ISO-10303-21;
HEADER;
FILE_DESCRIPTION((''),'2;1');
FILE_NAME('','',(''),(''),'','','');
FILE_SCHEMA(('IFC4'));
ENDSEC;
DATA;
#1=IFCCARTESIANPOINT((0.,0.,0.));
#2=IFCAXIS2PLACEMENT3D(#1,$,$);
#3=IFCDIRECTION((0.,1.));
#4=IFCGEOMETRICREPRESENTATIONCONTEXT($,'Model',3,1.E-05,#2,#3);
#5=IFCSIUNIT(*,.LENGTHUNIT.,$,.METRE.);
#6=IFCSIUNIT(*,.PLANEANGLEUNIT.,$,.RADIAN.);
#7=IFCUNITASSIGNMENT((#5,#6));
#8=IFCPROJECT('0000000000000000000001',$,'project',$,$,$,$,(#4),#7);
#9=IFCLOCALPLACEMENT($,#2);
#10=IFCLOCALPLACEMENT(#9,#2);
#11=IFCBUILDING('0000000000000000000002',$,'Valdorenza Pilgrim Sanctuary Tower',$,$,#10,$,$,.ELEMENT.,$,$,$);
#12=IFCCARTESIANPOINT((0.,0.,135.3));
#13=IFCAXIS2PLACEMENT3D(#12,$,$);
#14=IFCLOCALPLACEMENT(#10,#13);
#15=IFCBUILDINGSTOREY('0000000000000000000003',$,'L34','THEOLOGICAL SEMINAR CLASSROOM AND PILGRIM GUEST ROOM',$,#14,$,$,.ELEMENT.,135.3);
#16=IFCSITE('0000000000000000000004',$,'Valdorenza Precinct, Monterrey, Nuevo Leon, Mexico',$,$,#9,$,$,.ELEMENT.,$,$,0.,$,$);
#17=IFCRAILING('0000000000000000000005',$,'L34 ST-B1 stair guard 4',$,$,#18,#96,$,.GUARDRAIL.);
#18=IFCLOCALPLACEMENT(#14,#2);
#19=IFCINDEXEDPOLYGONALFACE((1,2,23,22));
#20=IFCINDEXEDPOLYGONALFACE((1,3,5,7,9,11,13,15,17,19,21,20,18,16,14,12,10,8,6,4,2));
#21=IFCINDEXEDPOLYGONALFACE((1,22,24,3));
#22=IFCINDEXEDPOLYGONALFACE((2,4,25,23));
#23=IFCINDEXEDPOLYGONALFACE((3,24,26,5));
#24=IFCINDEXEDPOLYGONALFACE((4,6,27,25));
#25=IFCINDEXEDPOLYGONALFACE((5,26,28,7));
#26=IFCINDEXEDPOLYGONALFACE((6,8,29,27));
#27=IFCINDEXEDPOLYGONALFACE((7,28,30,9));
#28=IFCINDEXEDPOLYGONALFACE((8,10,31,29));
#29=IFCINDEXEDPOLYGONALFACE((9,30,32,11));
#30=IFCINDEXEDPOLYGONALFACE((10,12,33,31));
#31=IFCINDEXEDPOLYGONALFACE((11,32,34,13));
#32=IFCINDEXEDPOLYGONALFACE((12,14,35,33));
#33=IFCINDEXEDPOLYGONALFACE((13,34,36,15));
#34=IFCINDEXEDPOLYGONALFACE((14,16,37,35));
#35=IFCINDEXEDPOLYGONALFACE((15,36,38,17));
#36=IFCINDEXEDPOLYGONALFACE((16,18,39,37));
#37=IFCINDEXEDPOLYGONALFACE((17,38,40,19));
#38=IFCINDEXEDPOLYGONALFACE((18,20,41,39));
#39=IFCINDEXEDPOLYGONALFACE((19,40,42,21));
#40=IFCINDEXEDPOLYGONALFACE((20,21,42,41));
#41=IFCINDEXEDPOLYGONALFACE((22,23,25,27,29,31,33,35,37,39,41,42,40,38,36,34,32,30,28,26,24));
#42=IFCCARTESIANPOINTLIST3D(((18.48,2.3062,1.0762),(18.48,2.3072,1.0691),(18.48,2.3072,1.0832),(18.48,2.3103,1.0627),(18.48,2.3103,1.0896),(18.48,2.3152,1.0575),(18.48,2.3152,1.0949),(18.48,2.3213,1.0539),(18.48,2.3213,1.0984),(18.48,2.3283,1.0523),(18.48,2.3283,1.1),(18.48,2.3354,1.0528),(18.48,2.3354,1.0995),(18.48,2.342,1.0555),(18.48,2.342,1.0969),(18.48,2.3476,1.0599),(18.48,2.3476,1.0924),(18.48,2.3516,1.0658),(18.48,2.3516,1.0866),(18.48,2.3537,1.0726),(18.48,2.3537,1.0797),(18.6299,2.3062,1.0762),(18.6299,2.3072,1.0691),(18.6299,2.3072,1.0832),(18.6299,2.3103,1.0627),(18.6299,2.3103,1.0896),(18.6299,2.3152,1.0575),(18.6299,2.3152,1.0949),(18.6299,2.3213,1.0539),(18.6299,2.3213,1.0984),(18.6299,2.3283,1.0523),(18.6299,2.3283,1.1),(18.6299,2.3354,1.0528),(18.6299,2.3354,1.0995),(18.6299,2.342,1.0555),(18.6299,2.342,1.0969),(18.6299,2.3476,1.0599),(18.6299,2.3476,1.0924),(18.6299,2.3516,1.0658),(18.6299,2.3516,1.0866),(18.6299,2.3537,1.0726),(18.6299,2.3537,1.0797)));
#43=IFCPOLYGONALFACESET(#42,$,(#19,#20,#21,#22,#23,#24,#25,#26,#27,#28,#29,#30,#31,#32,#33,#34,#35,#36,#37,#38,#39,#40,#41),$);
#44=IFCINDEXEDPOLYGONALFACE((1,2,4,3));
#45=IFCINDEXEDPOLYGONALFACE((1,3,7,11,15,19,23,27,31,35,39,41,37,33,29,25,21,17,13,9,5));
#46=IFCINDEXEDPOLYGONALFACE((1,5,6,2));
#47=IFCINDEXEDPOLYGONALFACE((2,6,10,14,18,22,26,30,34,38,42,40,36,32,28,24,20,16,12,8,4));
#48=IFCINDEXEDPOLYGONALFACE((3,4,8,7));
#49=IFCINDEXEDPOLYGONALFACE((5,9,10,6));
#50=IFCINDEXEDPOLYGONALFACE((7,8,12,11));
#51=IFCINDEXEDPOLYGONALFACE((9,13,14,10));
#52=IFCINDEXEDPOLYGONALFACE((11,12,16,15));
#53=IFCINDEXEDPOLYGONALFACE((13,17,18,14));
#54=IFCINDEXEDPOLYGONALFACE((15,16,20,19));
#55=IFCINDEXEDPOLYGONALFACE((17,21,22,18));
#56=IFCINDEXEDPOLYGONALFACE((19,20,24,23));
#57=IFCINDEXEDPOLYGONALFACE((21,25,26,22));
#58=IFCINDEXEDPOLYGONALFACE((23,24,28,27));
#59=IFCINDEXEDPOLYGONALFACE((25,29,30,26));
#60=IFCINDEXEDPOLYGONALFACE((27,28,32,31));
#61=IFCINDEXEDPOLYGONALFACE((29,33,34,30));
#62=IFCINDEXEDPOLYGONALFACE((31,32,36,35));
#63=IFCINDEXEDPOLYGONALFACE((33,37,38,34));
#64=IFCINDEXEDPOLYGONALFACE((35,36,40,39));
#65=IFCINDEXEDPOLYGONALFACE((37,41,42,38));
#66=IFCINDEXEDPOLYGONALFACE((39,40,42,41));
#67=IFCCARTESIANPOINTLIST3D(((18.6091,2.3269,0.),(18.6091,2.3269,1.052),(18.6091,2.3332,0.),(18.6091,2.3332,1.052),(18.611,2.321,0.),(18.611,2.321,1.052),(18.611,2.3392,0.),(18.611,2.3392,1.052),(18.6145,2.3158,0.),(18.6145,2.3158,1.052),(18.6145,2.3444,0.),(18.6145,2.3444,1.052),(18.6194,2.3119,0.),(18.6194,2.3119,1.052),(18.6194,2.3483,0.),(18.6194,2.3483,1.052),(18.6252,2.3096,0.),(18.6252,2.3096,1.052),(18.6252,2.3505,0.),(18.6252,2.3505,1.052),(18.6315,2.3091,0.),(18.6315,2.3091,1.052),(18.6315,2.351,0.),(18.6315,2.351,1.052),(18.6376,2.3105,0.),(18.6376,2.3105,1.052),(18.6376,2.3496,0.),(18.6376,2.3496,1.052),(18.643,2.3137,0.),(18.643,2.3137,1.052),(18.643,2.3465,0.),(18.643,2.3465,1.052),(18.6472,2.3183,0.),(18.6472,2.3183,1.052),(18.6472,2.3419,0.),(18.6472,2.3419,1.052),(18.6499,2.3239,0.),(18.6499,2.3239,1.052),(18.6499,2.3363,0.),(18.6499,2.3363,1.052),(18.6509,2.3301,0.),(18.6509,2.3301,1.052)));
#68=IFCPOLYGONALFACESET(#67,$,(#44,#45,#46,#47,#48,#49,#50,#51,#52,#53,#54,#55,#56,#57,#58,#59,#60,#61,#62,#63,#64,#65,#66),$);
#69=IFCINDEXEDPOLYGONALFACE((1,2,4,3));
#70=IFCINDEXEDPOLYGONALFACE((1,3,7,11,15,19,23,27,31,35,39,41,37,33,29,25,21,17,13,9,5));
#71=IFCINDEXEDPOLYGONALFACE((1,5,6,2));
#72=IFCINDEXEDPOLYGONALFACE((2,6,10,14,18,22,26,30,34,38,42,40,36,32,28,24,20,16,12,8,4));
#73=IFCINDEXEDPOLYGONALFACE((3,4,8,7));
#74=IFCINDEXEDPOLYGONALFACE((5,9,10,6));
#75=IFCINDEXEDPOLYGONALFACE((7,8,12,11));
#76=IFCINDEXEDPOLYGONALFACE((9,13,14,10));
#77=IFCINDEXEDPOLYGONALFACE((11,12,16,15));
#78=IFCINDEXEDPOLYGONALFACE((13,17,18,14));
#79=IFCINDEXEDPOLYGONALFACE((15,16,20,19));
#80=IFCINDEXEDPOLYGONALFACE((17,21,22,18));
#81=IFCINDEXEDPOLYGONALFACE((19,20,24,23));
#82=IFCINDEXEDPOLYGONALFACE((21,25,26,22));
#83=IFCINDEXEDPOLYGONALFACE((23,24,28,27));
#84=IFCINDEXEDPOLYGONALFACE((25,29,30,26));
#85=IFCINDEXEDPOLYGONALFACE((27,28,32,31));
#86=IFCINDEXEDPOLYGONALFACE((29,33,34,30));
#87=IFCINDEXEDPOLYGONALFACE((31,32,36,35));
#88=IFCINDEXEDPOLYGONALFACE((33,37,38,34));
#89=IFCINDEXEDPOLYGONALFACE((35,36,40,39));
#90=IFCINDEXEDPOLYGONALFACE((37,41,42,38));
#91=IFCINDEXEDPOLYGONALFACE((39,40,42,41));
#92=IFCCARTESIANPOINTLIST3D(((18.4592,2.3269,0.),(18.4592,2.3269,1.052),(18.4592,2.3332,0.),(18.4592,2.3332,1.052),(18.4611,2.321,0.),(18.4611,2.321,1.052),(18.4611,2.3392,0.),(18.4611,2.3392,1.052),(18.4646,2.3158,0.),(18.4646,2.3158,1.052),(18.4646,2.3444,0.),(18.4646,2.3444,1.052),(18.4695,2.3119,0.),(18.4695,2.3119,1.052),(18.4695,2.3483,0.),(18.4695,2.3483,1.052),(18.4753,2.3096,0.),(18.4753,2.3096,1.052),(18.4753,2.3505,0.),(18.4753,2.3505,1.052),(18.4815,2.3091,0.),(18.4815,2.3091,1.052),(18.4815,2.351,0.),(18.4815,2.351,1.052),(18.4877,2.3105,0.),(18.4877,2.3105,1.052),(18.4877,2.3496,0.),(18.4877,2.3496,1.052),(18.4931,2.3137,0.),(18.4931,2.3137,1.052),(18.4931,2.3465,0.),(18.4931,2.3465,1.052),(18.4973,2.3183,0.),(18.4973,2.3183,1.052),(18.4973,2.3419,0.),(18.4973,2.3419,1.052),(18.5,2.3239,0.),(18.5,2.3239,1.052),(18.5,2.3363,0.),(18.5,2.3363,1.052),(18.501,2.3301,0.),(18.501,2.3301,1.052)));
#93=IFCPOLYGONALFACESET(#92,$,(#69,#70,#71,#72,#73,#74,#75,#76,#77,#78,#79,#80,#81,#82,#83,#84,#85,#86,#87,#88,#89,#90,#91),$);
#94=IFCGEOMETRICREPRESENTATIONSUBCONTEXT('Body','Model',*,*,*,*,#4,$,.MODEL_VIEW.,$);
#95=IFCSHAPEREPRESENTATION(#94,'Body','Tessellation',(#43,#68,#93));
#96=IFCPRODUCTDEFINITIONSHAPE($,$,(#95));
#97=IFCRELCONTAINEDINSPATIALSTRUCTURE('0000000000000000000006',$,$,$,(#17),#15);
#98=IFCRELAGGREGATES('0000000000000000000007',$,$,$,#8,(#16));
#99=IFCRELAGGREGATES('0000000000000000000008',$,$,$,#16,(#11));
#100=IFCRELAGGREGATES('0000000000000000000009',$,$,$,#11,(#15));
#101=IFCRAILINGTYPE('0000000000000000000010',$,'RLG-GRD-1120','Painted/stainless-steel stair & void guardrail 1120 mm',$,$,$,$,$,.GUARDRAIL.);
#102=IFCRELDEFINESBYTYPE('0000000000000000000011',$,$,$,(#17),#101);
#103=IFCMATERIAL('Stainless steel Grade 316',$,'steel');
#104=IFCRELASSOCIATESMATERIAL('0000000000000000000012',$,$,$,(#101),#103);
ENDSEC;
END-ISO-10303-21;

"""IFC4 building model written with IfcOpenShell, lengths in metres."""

from ifc_helpers import new_model, si_unit, direction, frame, origin, origin_2d, place, context, subcontext, project, spatial, circle, extrude, material, type_object, element, save


model = new_model("IFC4")

# Units and contexts
model_context = context("Model", 3, precision=1e-05, world=origin(), true_north=direction((0.0, 1.0)))
body_context = subcontext(model_context, "Body", "Model", "MODEL_VIEW")
ifc_project = project(units=[si_unit("LENGTHUNIT", "METRE"), si_unit("PLANEANGLEUNIT", "RADIAN")], contexts=[model_context])

# Site, building, storey
site_placement = place(None, origin())
site = spatial("IfcSite", under=ifc_project, at=site_placement, Name="Valdorenza Precinct, Monterrey, Nuevo Leon, Mexico", CompositionType="ELEMENT", RefElevation=0.0)
building_placement = place(site_placement, origin())
building = spatial("IfcBuilding", under=site, at=building_placement, Name="Valdorenza Pilgrim Sanctuary Tower", CompositionType="ELEMENT")
storey_placement = place(building_placement, frame((0.0, 0.0, 135.3)))
storey = spatial("IfcBuildingStorey", under=building, at=storey_placement, Name="L34", Description="THEOLOGICAL SEMINAR CLASSROOM AND PILGRIM GUEST ROOM", CompositionType="ELEMENT", Elevation=135.3)

# Railing
ifc_material_1 = material(Name="Stainless steel Grade 316", Category="steel")
railing_type_1 = type_object("IfcRailingType", Name="RLG-GRD-1120", Description="Painted/stainless-steel stair & void guardrail 1120 mm", PredefinedType="GUARDRAIL", material=ifc_material_1)
railing_1_placement = place(storey_placement, frame((18.6299, 2.3301, 0.0)))
element("IfcRailing", 1, at=railing_1_placement, inside=storey, type_object=railing_type_1, Name="L34 ST-B1 stair guard 4", PredefinedType="GUARDRAIL", context=body_context, shape_type="SweptSolid", body=[
    extrude(circle(Radius=0.0239, at=origin_2d()), frame((0.0, 0.0, 1.0762), z_axis=(-1.0, 0.0, 0.0), x_axis=(0.0, -1.0, 0.0)), (0.0, 0.0, 1.0), 0.1499),
    extrude(circle(Radius=0.021, at=origin_2d()), origin(), (0.0, 0.0, 1.0), 1.052),
    extrude(circle(Radius=0.021, at=origin_2d()), frame((-0.1499, 0.0, 0.0)), (0.0, 0.0, 1.0), 1.052),
])

save(model, "model.ifc")
